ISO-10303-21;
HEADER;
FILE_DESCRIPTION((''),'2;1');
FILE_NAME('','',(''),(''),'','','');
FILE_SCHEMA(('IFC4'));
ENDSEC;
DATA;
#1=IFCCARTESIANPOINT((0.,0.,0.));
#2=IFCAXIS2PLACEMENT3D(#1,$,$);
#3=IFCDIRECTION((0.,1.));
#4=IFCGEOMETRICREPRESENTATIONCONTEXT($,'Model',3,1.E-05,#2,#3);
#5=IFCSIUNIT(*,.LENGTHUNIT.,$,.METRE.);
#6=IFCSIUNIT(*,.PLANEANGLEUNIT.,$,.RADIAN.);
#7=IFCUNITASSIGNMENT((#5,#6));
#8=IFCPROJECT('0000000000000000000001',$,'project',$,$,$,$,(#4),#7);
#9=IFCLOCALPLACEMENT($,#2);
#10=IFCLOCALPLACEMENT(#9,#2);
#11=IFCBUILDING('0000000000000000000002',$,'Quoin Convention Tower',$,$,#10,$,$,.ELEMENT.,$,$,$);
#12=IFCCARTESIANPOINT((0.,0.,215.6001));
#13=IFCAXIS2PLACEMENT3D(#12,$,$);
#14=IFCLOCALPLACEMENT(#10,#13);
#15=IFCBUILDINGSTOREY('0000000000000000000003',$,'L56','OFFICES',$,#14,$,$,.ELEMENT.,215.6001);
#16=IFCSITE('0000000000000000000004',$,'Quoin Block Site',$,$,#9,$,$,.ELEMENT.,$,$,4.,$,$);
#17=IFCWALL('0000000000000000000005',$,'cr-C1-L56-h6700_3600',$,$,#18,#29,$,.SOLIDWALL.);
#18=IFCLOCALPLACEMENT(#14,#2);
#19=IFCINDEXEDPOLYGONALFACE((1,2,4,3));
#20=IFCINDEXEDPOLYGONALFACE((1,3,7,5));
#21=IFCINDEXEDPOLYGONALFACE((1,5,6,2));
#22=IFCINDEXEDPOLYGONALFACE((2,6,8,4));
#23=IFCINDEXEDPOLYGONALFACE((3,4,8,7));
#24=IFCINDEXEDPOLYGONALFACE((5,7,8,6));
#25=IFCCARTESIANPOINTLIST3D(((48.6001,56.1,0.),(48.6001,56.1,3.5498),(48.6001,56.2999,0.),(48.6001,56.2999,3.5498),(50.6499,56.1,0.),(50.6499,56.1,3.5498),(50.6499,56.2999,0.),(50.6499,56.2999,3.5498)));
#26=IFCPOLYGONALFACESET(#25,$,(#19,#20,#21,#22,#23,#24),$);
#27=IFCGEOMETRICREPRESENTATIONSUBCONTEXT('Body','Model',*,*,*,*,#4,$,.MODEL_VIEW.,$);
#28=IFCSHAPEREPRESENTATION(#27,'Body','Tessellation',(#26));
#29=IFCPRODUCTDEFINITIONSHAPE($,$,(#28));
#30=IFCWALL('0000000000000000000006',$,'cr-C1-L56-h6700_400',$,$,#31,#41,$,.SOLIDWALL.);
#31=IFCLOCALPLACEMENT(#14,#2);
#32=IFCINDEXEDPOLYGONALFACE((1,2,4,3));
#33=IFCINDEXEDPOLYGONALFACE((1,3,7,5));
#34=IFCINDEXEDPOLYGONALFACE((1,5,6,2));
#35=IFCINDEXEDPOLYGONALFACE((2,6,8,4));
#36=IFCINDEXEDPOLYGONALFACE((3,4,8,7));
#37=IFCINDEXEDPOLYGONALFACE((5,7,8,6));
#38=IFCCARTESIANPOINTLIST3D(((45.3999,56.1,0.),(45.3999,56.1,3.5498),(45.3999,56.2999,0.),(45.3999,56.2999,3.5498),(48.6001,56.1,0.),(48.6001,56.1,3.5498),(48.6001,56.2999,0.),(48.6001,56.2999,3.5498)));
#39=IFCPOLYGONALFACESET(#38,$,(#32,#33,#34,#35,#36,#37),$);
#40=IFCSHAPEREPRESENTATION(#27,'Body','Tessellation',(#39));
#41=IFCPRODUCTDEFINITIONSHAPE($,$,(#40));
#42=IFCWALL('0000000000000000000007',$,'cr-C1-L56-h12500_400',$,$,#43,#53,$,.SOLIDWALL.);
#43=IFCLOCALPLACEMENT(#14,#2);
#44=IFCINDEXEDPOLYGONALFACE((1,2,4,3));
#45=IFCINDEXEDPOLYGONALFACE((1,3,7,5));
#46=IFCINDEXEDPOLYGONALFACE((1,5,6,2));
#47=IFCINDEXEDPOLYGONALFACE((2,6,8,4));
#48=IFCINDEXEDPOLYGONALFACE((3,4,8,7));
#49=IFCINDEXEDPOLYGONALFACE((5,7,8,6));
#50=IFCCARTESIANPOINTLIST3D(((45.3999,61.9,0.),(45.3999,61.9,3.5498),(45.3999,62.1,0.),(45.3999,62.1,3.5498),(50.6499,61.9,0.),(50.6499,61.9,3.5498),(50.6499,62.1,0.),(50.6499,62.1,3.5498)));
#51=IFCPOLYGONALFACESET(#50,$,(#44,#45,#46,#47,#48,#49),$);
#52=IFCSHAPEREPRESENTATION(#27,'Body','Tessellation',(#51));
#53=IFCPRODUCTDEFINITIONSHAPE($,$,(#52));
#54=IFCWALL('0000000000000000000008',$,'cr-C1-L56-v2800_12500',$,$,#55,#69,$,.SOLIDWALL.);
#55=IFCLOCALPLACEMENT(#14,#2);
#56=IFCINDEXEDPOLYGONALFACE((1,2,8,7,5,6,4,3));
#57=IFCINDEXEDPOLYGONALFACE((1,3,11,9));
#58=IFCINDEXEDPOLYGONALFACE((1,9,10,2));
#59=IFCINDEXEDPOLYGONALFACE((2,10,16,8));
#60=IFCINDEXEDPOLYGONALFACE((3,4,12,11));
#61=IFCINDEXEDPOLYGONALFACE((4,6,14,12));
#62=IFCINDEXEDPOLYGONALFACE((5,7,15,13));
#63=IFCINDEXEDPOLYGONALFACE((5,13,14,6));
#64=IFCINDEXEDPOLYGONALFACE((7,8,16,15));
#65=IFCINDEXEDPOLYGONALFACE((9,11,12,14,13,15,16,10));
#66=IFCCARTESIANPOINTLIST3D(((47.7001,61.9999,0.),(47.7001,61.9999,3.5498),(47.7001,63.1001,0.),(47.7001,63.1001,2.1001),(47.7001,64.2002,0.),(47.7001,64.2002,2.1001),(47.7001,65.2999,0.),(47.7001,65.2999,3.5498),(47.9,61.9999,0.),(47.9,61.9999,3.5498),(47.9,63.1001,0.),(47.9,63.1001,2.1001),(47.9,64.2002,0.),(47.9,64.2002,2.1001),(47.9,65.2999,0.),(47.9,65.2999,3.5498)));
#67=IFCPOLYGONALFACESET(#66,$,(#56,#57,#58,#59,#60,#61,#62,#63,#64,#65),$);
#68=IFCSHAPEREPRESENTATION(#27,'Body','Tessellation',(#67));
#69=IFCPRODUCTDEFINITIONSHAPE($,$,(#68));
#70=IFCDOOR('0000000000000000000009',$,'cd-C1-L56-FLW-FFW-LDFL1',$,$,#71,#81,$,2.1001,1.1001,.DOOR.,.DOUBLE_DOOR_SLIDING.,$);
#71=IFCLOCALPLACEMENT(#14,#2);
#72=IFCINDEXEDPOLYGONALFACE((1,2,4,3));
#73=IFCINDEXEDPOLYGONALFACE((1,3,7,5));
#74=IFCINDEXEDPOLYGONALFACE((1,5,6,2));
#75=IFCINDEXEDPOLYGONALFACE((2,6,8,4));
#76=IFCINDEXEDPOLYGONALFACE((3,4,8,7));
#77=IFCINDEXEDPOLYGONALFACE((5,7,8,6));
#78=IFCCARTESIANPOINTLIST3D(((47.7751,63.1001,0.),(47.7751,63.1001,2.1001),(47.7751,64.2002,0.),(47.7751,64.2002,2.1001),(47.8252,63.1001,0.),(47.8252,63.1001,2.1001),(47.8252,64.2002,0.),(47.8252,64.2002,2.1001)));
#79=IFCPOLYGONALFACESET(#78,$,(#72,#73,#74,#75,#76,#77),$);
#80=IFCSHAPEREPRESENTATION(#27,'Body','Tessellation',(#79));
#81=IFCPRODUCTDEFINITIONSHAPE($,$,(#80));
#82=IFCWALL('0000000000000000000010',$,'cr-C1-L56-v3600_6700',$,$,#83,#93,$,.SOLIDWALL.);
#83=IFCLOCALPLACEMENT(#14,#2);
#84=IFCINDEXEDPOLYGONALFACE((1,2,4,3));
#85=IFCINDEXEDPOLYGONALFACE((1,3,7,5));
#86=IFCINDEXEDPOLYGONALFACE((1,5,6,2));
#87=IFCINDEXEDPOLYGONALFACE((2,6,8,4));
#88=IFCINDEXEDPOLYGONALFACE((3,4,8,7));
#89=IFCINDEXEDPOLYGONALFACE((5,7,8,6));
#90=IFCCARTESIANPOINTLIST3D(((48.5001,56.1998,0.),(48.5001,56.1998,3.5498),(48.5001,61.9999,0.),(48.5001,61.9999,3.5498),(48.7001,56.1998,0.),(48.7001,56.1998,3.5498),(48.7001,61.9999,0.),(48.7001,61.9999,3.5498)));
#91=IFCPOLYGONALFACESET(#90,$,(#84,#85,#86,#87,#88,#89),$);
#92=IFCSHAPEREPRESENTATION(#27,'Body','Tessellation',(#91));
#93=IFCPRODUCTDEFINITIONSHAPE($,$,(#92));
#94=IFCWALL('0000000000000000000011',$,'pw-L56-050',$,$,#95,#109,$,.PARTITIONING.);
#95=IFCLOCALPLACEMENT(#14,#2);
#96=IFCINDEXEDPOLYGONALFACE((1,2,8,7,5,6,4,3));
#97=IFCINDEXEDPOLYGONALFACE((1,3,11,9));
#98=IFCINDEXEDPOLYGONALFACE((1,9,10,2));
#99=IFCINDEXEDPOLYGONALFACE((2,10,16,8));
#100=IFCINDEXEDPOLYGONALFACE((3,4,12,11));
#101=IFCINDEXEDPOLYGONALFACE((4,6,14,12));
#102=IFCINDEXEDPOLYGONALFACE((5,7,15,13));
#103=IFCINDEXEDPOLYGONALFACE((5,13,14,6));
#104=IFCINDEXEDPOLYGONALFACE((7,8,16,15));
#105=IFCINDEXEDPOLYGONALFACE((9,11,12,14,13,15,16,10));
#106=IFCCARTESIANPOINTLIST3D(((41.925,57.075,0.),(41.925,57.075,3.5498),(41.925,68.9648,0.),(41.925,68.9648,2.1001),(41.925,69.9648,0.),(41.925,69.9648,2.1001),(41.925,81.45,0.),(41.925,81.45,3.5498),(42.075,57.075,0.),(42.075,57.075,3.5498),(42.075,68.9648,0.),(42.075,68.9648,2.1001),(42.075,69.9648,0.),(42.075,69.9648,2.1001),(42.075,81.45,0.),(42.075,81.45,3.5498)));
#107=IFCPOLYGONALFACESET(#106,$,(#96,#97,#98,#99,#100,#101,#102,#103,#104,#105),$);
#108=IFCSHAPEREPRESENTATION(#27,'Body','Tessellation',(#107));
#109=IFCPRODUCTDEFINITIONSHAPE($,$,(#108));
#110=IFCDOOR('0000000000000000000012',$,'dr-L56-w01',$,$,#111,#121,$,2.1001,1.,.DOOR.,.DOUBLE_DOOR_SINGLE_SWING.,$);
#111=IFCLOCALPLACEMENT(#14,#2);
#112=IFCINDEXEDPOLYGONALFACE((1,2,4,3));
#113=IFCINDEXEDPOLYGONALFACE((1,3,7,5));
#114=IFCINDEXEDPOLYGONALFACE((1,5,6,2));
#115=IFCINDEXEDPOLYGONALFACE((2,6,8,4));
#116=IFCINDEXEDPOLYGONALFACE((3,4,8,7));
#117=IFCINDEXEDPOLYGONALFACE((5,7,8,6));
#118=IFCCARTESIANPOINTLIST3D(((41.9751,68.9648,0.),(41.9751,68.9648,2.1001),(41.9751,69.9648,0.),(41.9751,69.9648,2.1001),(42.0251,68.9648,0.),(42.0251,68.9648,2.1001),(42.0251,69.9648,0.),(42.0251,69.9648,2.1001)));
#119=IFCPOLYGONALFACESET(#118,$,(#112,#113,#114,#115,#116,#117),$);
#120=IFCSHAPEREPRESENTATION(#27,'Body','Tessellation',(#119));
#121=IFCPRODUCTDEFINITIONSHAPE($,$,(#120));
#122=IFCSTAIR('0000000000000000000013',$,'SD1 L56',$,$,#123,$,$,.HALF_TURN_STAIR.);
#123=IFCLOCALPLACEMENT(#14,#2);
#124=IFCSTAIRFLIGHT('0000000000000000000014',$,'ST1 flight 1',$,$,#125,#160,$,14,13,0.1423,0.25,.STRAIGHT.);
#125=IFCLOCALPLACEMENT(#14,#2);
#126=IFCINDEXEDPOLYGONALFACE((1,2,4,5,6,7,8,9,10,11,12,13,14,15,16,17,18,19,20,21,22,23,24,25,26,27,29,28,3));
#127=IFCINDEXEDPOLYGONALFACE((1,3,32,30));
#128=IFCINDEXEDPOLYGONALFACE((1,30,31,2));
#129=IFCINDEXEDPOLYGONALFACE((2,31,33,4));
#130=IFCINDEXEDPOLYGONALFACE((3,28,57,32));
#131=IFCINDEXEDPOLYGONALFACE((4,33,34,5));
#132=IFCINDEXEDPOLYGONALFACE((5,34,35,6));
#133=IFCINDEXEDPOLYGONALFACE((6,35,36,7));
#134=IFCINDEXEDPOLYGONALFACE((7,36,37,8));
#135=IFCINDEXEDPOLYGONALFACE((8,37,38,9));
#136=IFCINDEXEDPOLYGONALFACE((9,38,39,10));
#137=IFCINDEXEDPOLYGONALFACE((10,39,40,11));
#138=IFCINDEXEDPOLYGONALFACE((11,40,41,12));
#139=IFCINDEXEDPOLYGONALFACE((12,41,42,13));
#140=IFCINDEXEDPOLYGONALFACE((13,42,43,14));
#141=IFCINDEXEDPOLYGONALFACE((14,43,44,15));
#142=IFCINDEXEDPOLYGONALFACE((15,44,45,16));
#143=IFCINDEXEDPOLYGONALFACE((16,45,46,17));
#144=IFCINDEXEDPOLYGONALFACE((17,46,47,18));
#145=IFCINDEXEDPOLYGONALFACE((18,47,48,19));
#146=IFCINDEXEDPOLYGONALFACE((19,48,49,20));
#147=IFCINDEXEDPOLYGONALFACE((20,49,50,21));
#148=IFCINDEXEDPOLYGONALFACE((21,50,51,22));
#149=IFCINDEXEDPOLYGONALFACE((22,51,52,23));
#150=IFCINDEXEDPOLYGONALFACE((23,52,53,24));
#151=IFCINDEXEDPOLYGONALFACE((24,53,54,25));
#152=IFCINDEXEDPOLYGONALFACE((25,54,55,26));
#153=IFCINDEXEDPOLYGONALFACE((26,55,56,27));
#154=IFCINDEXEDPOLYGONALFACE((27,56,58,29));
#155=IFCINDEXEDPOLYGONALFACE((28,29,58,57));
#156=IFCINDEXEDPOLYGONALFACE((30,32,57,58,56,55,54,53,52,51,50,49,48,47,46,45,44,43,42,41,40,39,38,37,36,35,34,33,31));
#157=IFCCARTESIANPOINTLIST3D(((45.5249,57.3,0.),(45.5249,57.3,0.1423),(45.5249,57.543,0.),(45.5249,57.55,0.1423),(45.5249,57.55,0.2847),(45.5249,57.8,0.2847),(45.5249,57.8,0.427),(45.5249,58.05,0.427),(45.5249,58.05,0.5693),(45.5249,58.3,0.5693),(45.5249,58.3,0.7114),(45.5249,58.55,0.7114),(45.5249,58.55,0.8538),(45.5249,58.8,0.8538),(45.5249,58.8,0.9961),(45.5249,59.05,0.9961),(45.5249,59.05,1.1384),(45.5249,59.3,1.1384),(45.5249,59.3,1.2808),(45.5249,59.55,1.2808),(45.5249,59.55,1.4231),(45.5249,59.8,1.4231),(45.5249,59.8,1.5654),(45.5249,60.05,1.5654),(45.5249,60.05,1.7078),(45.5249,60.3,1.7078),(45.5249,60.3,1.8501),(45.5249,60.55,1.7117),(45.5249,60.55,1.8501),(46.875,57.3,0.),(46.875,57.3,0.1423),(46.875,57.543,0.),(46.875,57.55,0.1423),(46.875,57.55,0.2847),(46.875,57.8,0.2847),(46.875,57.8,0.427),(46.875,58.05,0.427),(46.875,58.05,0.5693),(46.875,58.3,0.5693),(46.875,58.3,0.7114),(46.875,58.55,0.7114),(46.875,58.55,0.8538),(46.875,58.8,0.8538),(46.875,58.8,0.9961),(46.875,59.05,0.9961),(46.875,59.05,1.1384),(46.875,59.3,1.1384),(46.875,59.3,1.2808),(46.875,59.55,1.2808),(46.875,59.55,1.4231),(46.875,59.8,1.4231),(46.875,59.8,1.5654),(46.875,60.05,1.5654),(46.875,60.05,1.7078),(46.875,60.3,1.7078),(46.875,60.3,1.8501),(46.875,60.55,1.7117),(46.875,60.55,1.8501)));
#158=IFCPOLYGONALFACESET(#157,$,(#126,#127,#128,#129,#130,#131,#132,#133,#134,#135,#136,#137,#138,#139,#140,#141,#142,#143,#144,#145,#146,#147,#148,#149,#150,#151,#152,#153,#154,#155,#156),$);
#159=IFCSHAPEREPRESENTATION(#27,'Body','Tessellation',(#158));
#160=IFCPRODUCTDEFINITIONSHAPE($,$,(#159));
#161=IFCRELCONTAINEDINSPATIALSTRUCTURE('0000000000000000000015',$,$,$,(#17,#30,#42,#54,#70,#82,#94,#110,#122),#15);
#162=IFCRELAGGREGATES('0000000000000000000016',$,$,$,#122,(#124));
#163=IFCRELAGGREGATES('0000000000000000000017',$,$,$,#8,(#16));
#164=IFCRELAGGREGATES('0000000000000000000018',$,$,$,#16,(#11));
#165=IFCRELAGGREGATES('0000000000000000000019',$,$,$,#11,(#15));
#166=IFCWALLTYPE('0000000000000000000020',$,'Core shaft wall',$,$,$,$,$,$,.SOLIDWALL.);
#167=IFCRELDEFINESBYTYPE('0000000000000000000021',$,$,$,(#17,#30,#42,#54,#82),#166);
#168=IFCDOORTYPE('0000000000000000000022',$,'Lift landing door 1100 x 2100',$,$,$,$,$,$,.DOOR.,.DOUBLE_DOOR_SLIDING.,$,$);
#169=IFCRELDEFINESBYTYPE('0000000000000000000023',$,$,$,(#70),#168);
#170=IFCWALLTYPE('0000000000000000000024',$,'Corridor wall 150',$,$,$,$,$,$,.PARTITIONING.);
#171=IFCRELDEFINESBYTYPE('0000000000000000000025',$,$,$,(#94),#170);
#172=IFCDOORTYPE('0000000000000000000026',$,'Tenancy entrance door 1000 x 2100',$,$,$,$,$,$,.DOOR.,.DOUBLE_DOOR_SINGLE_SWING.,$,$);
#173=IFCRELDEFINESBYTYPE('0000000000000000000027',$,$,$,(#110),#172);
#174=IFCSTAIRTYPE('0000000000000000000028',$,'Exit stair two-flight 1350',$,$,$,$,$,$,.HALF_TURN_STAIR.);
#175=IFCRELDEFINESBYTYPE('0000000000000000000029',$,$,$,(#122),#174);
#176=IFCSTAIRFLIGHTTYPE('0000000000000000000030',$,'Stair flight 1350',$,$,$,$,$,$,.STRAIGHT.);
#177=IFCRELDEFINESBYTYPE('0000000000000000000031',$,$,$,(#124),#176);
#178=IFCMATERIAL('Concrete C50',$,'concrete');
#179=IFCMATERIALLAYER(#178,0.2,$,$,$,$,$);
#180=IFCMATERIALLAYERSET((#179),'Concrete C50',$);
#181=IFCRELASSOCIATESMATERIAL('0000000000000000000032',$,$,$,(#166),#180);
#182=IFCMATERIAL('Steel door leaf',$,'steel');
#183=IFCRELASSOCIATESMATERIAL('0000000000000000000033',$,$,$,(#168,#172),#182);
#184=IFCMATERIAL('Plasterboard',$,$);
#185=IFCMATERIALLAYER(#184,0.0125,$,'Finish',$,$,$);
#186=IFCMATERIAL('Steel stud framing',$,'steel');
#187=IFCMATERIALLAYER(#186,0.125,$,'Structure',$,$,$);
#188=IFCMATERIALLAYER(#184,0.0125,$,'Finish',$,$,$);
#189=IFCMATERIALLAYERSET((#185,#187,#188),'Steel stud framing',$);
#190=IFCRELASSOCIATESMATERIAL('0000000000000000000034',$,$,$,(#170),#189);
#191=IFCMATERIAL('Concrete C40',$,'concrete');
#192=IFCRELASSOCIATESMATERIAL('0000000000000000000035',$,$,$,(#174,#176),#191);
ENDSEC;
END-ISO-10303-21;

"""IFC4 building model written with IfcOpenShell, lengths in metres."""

from ifc_helpers import new_model, si_unit, direction, frame, frame_2d, origin, place, context, subcontext, project, spatial, polyline, rectangle, outline, extrude, material, layer, layer_set, type_object, element, fill, aggregate, save


model = new_model("IFC4")

# Units and contexts
model_context = context("Model", 3, precision=1e-05, world=origin(), true_north=direction((0.0, 1.0)))
body_context = subcontext(model_context, "Body", "Model", "MODEL_VIEW")
ifc_project = project(units=[si_unit("LENGTHUNIT", "METRE"), si_unit("PLANEANGLEUNIT", "RADIAN")], contexts=[model_context])

# Site, building, storey
site_placement = place(None, origin())
site = spatial("IfcSite", under=ifc_project, at=site_placement, Name="Quoin Block Site", CompositionType="ELEMENT", RefElevation=4.0)
building_placement = place(site_placement, origin())
building = spatial("IfcBuilding", under=site, at=building_placement, Name="Quoin Convention Tower", CompositionType="ELEMENT")
storey_placement = place(building_placement, frame((0.0, 0.0, 215.6001)))
storey = spatial("IfcBuildingStorey", under=building, at=storey_placement, Name="L56", Description="OFFICES", CompositionType="ELEMENT", Elevation=215.6001)

# Walls
ifc_material_1 = material(Name="Concrete C50", Category="concrete")
ifc_layer_1 = layer(ifc_material_1, 0.2)
ifc_layer_set_1 = layer_set([ifc_layer_1], Name="Concrete C50")
wall_type_1 = type_object("IfcWallType", Name="Core shaft wall", PredefinedType="SOLIDWALL", material=ifc_layer_set_1)
wall_1_placement = place(storey_placement, frame((48.6001, 56.2, 0.0), z_axis=(0.0, 0.0, 1.0), x_axis=(1.0, 0.0, 0.0)))
element("IfcWall", 1, at=wall_1_placement, inside=storey, type_object=wall_type_1, Name="cr-C1-L56-h6700_3600", PredefinedType="SOLIDWALL", context=body_context, shape_type="SweptSolid", body=[
    extrude(rectangle(XDim=2.0498, YDim=0.2, at=frame_2d((1.0249, 0.0))), origin(), (0.0, 0.0, 1.0), 3.5498),
])
wall_2_placement = place(storey_placement, frame((45.3999, 56.2, 0.0), z_axis=(0.0, 0.0, 1.0), x_axis=(1.0, 0.0, 0.0)))
element("IfcWall", 2, at=wall_2_placement, inside=storey, type_object=wall_type_1, Name="cr-C1-L56-h6700_400", PredefinedType="SOLIDWALL", context=body_context, shape_type="SweptSolid", body=[
    extrude(rectangle(XDim=3.2002, YDim=0.2, at=frame_2d((1.6001, 0.0))), origin(), (0.0, 0.0, 1.0), 3.5498),
])
wall_3_placement = place(storey_placement, frame((45.3999, 62.0, 0.0), z_axis=(0.0, 0.0, 1.0), x_axis=(1.0, 0.0, 0.0)))
element("IfcWall", 3, at=wall_3_placement, inside=storey, type_object=wall_type_1, Name="cr-C1-L56-h12500_400", PredefinedType="SOLIDWALL", context=body_context, shape_type="SweptSolid", body=[
    extrude(rectangle(XDim=5.25, YDim=0.2, at=frame_2d((2.625, 0.0))), origin(), (0.0, 0.0, 1.0), 3.5498),
])

# Wall, opening, door
wall_4_placement = place(storey_placement, frame((47.8, 62.0, 0.0), z_axis=(0.0, 0.0, 1.0), x_axis=(0.0, 1.0, 0.0)))
wall_4 = element("IfcWall", 4, at=wall_4_placement, inside=storey, type_object=wall_type_1, Name="cr-C1-L56-v2800_12500", PredefinedType="SOLIDWALL", context=body_context, shape_type="SweptSolid", body=[
    extrude(rectangle(XDim=3.3, YDim=0.2, at=frame_2d((1.6499, 0.0))), origin(), (0.0, 0.0, 1.0), 3.5498),
])
opening_1_placement = place(wall_4_placement, frame((1.1001, 0.0, 0.0)))
opening_1 = element("IfcOpeningElement", 5, at=opening_1_placement, cuts=wall_4, PredefinedType="OPENING", context=body_context, shape_type="SweptSolid", body=[
    extrude(rectangle(XDim=1.1001, YDim=2.1001, at=frame_2d((0.55, 1.05))), frame((0.0, 0.1099, 0.0), z_axis=(0.0, -1.0, 0.0), x_axis=(1.0, 0.0, 0.0)), (0.0, 0.0, 1.0), 0.22),
])
ifc_material_2 = material(Name="Steel door leaf", Category="steel")
door_type_1 = type_object("IfcDoorType", Name="Lift landing door 1100 x 2100", OperationType="DOUBLE_DOOR_SLIDING", PredefinedType="DOOR", material=ifc_material_2)
door_1_placement = place(opening_1_placement, origin())
door_1 = element("IfcDoor", 6, at=door_1_placement, inside=storey, type_object=door_type_1, Name="cd-C1-L56-FLW-FFW-LDFL1", OperationType="DOUBLE_DOOR_SLIDING", OverallHeight=2.1001, OverallWidth=1.1001, PredefinedType="DOOR", context=body_context, shape_type="SweptSolid", body=[
    extrude(rectangle(XDim=1.1001, YDim=2.1001, at=frame_2d((0.55, 1.05))), frame((0.0, 0.0249, 0.0), z_axis=(0.0, -1.0, 0.0), x_axis=(1.0, 0.0, 0.0)), (0.0, 0.0, 1.0), 0.05),
])
fill(opening_1, door_1)

# Wall
wall_5_placement = place(storey_placement, frame((48.6001, 56.2, 0.0), z_axis=(0.0, 0.0, 1.0), x_axis=(0.0, 1.0, 0.0)))
element("IfcWall", 7, at=wall_5_placement, inside=storey, type_object=wall_type_1, Name="cr-C1-L56-v3600_6700", PredefinedType="SOLIDWALL", context=body_context, shape_type="SweptSolid", body=[
    extrude(rectangle(XDim=5.8, YDim=0.2, at=frame_2d((2.8999, 0.0))), origin(), (0.0, 0.0, 1.0), 3.5498),
])

# Wall, opening, door
ifc_material_3 = material(Name="Plasterboard")
ifc_layer_2 = layer(ifc_material_3, 0.0125, Name="Finish")
ifc_material_4 = material(Name="Steel stud framing", Category="steel")
ifc_layer_3 = layer(ifc_material_4, 0.125, Name="Structure")
ifc_layer_4 = layer(ifc_material_3, 0.0125, Name="Finish")
ifc_layer_set_2 = layer_set([ifc_layer_2, ifc_layer_3, ifc_layer_4], Name="Steel stud framing")
wall_type_2 = type_object("IfcWallType", Name="Corridor wall 150", PredefinedType="PARTITIONING", material=ifc_layer_set_2)
wall_6_placement = place(storey_placement, frame((42.0, 57.075, 0.0), z_axis=(0.0, 0.0, 1.0), x_axis=(0.0, 1.0, 0.0)))
wall_6 = element("IfcWall", 8, at=wall_6_placement, inside=storey, type_object=wall_type_2, Name="pw-L56-050", PredefinedType="PARTITIONING", context=body_context, shape_type="SweptSolid", body=[
    extrude(rectangle(XDim=24.375, YDim=0.1499, at=frame_2d((12.1875, 0.0))), origin(), (0.0, 0.0, 1.0), 3.5498),
])
opening_2_placement = place(wall_6_placement, frame((11.8899, 0.0, 0.0)))
opening_2 = element("IfcOpeningElement", 9, at=opening_2_placement, cuts=wall_6, PredefinedType="OPENING", context=body_context, shape_type="SweptSolid", body=[
    extrude(rectangle(XDim=1.0, YDim=2.1001, at=frame_2d((0.5, 1.05))), frame((0.0, 0.085, 0.0), z_axis=(0.0, -1.0, 0.0), x_axis=(1.0, 0.0, 0.0)), (0.0, 0.0, 1.0), 0.1699),
])
door_type_2 = type_object("IfcDoorType", Name="Tenancy entrance door 1000 x 2100", OperationType="DOUBLE_DOOR_SINGLE_SWING", PredefinedType="DOOR", material=ifc_material_2)
door_2_placement = place(opening_2_placement, origin())
door_2 = element("IfcDoor", 10, at=door_2_placement, inside=storey, type_object=door_type_2, Name="dr-L56-w01", OperationType="DOUBLE_DOOR_SINGLE_SWING", OverallHeight=2.1001, OverallWidth=1.0, PredefinedType="DOOR", context=body_context, shape_type="SweptSolid", body=[
    extrude(rectangle(XDim=1.0, YDim=2.1001, at=frame_2d((0.5, 1.05))), frame((0.0, 0.0249, 0.0), z_axis=(0.0, -1.0, 0.0), x_axis=(1.0, 0.0, 0.0)), (0.0, 0.0, 1.0), 0.05),
])
fill(opening_2, door_2)

# Stair, stair flight
ifc_material_5 = material(Name="Concrete C40", Category="concrete")
stair_type = type_object("IfcStairType", Name="Exit stair two-flight 1350", PredefinedType="HALF_TURN_STAIR", material=ifc_material_5)
stair_placement = place(storey_placement, origin())
stair = element("IfcStair", 11, at=stair_placement, inside=storey, type_object=stair_type, Name="SD1 L56", PredefinedType="HALF_TURN_STAIR")
stair_flight_type = type_object("IfcStairFlightType", Name="Stair flight 1350", PredefinedType="STRAIGHT", material=ifc_material_5)
stair_flight_1_placement = place(storey_placement, frame((46.2, 57.3, 0.0), z_axis=(0.0, 0.0, 1.0), x_axis=(0.0, 1.0, 0.0)))
stair_flight_1 = element("IfcStairFlight", 12, at=stair_flight_1_placement, type_object=stair_flight_type, Name="ST1 flight 1", NumberOfRisers=14, NumberOfTreads=13, PredefinedType="STRAIGHT", RiserHeight=0.1423, TreadLength=0.25, context=body_context, shape_type="SweptSolid", body=[
    extrude(outline(polyline([(0.0, 0.0), (0.0, 0.1423), (0.25, 0.1423), (0.25, 0.2847), (0.5, 0.2847), (0.5, 0.427), (0.75, 0.427), (0.75, 0.5693), (1.0, 0.5693), (1.0, 0.7114), (1.25, 0.7114), (1.25, 0.8538), (1.5, 0.8538), (1.5, 0.9961), (1.75, 0.9961), (1.75, 1.1384), (2.0, 1.1384), (2.0, 1.2808), (2.25, 1.2808), (2.25, 1.4231), (2.5, 1.4231), (2.5, 1.5654), (2.75, 1.5654), (2.75, 1.7078), (3.0, 1.7078), (3.0, 1.8501), (3.25, 1.8501), (3.25, 1.9922), (3.25, 1.7117), (0.2429, 0.0), (0.0, 0.0)])), frame((0.0, 0.675, 0.0), z_axis=(0.0, -1.0, 0.0), x_axis=(1.0, 0.0, 0.0)), (0.0, 0.0, 1.0), 1.3501),
])
aggregate(stair, [stair_flight_1])

save(model, "model.ifc")
